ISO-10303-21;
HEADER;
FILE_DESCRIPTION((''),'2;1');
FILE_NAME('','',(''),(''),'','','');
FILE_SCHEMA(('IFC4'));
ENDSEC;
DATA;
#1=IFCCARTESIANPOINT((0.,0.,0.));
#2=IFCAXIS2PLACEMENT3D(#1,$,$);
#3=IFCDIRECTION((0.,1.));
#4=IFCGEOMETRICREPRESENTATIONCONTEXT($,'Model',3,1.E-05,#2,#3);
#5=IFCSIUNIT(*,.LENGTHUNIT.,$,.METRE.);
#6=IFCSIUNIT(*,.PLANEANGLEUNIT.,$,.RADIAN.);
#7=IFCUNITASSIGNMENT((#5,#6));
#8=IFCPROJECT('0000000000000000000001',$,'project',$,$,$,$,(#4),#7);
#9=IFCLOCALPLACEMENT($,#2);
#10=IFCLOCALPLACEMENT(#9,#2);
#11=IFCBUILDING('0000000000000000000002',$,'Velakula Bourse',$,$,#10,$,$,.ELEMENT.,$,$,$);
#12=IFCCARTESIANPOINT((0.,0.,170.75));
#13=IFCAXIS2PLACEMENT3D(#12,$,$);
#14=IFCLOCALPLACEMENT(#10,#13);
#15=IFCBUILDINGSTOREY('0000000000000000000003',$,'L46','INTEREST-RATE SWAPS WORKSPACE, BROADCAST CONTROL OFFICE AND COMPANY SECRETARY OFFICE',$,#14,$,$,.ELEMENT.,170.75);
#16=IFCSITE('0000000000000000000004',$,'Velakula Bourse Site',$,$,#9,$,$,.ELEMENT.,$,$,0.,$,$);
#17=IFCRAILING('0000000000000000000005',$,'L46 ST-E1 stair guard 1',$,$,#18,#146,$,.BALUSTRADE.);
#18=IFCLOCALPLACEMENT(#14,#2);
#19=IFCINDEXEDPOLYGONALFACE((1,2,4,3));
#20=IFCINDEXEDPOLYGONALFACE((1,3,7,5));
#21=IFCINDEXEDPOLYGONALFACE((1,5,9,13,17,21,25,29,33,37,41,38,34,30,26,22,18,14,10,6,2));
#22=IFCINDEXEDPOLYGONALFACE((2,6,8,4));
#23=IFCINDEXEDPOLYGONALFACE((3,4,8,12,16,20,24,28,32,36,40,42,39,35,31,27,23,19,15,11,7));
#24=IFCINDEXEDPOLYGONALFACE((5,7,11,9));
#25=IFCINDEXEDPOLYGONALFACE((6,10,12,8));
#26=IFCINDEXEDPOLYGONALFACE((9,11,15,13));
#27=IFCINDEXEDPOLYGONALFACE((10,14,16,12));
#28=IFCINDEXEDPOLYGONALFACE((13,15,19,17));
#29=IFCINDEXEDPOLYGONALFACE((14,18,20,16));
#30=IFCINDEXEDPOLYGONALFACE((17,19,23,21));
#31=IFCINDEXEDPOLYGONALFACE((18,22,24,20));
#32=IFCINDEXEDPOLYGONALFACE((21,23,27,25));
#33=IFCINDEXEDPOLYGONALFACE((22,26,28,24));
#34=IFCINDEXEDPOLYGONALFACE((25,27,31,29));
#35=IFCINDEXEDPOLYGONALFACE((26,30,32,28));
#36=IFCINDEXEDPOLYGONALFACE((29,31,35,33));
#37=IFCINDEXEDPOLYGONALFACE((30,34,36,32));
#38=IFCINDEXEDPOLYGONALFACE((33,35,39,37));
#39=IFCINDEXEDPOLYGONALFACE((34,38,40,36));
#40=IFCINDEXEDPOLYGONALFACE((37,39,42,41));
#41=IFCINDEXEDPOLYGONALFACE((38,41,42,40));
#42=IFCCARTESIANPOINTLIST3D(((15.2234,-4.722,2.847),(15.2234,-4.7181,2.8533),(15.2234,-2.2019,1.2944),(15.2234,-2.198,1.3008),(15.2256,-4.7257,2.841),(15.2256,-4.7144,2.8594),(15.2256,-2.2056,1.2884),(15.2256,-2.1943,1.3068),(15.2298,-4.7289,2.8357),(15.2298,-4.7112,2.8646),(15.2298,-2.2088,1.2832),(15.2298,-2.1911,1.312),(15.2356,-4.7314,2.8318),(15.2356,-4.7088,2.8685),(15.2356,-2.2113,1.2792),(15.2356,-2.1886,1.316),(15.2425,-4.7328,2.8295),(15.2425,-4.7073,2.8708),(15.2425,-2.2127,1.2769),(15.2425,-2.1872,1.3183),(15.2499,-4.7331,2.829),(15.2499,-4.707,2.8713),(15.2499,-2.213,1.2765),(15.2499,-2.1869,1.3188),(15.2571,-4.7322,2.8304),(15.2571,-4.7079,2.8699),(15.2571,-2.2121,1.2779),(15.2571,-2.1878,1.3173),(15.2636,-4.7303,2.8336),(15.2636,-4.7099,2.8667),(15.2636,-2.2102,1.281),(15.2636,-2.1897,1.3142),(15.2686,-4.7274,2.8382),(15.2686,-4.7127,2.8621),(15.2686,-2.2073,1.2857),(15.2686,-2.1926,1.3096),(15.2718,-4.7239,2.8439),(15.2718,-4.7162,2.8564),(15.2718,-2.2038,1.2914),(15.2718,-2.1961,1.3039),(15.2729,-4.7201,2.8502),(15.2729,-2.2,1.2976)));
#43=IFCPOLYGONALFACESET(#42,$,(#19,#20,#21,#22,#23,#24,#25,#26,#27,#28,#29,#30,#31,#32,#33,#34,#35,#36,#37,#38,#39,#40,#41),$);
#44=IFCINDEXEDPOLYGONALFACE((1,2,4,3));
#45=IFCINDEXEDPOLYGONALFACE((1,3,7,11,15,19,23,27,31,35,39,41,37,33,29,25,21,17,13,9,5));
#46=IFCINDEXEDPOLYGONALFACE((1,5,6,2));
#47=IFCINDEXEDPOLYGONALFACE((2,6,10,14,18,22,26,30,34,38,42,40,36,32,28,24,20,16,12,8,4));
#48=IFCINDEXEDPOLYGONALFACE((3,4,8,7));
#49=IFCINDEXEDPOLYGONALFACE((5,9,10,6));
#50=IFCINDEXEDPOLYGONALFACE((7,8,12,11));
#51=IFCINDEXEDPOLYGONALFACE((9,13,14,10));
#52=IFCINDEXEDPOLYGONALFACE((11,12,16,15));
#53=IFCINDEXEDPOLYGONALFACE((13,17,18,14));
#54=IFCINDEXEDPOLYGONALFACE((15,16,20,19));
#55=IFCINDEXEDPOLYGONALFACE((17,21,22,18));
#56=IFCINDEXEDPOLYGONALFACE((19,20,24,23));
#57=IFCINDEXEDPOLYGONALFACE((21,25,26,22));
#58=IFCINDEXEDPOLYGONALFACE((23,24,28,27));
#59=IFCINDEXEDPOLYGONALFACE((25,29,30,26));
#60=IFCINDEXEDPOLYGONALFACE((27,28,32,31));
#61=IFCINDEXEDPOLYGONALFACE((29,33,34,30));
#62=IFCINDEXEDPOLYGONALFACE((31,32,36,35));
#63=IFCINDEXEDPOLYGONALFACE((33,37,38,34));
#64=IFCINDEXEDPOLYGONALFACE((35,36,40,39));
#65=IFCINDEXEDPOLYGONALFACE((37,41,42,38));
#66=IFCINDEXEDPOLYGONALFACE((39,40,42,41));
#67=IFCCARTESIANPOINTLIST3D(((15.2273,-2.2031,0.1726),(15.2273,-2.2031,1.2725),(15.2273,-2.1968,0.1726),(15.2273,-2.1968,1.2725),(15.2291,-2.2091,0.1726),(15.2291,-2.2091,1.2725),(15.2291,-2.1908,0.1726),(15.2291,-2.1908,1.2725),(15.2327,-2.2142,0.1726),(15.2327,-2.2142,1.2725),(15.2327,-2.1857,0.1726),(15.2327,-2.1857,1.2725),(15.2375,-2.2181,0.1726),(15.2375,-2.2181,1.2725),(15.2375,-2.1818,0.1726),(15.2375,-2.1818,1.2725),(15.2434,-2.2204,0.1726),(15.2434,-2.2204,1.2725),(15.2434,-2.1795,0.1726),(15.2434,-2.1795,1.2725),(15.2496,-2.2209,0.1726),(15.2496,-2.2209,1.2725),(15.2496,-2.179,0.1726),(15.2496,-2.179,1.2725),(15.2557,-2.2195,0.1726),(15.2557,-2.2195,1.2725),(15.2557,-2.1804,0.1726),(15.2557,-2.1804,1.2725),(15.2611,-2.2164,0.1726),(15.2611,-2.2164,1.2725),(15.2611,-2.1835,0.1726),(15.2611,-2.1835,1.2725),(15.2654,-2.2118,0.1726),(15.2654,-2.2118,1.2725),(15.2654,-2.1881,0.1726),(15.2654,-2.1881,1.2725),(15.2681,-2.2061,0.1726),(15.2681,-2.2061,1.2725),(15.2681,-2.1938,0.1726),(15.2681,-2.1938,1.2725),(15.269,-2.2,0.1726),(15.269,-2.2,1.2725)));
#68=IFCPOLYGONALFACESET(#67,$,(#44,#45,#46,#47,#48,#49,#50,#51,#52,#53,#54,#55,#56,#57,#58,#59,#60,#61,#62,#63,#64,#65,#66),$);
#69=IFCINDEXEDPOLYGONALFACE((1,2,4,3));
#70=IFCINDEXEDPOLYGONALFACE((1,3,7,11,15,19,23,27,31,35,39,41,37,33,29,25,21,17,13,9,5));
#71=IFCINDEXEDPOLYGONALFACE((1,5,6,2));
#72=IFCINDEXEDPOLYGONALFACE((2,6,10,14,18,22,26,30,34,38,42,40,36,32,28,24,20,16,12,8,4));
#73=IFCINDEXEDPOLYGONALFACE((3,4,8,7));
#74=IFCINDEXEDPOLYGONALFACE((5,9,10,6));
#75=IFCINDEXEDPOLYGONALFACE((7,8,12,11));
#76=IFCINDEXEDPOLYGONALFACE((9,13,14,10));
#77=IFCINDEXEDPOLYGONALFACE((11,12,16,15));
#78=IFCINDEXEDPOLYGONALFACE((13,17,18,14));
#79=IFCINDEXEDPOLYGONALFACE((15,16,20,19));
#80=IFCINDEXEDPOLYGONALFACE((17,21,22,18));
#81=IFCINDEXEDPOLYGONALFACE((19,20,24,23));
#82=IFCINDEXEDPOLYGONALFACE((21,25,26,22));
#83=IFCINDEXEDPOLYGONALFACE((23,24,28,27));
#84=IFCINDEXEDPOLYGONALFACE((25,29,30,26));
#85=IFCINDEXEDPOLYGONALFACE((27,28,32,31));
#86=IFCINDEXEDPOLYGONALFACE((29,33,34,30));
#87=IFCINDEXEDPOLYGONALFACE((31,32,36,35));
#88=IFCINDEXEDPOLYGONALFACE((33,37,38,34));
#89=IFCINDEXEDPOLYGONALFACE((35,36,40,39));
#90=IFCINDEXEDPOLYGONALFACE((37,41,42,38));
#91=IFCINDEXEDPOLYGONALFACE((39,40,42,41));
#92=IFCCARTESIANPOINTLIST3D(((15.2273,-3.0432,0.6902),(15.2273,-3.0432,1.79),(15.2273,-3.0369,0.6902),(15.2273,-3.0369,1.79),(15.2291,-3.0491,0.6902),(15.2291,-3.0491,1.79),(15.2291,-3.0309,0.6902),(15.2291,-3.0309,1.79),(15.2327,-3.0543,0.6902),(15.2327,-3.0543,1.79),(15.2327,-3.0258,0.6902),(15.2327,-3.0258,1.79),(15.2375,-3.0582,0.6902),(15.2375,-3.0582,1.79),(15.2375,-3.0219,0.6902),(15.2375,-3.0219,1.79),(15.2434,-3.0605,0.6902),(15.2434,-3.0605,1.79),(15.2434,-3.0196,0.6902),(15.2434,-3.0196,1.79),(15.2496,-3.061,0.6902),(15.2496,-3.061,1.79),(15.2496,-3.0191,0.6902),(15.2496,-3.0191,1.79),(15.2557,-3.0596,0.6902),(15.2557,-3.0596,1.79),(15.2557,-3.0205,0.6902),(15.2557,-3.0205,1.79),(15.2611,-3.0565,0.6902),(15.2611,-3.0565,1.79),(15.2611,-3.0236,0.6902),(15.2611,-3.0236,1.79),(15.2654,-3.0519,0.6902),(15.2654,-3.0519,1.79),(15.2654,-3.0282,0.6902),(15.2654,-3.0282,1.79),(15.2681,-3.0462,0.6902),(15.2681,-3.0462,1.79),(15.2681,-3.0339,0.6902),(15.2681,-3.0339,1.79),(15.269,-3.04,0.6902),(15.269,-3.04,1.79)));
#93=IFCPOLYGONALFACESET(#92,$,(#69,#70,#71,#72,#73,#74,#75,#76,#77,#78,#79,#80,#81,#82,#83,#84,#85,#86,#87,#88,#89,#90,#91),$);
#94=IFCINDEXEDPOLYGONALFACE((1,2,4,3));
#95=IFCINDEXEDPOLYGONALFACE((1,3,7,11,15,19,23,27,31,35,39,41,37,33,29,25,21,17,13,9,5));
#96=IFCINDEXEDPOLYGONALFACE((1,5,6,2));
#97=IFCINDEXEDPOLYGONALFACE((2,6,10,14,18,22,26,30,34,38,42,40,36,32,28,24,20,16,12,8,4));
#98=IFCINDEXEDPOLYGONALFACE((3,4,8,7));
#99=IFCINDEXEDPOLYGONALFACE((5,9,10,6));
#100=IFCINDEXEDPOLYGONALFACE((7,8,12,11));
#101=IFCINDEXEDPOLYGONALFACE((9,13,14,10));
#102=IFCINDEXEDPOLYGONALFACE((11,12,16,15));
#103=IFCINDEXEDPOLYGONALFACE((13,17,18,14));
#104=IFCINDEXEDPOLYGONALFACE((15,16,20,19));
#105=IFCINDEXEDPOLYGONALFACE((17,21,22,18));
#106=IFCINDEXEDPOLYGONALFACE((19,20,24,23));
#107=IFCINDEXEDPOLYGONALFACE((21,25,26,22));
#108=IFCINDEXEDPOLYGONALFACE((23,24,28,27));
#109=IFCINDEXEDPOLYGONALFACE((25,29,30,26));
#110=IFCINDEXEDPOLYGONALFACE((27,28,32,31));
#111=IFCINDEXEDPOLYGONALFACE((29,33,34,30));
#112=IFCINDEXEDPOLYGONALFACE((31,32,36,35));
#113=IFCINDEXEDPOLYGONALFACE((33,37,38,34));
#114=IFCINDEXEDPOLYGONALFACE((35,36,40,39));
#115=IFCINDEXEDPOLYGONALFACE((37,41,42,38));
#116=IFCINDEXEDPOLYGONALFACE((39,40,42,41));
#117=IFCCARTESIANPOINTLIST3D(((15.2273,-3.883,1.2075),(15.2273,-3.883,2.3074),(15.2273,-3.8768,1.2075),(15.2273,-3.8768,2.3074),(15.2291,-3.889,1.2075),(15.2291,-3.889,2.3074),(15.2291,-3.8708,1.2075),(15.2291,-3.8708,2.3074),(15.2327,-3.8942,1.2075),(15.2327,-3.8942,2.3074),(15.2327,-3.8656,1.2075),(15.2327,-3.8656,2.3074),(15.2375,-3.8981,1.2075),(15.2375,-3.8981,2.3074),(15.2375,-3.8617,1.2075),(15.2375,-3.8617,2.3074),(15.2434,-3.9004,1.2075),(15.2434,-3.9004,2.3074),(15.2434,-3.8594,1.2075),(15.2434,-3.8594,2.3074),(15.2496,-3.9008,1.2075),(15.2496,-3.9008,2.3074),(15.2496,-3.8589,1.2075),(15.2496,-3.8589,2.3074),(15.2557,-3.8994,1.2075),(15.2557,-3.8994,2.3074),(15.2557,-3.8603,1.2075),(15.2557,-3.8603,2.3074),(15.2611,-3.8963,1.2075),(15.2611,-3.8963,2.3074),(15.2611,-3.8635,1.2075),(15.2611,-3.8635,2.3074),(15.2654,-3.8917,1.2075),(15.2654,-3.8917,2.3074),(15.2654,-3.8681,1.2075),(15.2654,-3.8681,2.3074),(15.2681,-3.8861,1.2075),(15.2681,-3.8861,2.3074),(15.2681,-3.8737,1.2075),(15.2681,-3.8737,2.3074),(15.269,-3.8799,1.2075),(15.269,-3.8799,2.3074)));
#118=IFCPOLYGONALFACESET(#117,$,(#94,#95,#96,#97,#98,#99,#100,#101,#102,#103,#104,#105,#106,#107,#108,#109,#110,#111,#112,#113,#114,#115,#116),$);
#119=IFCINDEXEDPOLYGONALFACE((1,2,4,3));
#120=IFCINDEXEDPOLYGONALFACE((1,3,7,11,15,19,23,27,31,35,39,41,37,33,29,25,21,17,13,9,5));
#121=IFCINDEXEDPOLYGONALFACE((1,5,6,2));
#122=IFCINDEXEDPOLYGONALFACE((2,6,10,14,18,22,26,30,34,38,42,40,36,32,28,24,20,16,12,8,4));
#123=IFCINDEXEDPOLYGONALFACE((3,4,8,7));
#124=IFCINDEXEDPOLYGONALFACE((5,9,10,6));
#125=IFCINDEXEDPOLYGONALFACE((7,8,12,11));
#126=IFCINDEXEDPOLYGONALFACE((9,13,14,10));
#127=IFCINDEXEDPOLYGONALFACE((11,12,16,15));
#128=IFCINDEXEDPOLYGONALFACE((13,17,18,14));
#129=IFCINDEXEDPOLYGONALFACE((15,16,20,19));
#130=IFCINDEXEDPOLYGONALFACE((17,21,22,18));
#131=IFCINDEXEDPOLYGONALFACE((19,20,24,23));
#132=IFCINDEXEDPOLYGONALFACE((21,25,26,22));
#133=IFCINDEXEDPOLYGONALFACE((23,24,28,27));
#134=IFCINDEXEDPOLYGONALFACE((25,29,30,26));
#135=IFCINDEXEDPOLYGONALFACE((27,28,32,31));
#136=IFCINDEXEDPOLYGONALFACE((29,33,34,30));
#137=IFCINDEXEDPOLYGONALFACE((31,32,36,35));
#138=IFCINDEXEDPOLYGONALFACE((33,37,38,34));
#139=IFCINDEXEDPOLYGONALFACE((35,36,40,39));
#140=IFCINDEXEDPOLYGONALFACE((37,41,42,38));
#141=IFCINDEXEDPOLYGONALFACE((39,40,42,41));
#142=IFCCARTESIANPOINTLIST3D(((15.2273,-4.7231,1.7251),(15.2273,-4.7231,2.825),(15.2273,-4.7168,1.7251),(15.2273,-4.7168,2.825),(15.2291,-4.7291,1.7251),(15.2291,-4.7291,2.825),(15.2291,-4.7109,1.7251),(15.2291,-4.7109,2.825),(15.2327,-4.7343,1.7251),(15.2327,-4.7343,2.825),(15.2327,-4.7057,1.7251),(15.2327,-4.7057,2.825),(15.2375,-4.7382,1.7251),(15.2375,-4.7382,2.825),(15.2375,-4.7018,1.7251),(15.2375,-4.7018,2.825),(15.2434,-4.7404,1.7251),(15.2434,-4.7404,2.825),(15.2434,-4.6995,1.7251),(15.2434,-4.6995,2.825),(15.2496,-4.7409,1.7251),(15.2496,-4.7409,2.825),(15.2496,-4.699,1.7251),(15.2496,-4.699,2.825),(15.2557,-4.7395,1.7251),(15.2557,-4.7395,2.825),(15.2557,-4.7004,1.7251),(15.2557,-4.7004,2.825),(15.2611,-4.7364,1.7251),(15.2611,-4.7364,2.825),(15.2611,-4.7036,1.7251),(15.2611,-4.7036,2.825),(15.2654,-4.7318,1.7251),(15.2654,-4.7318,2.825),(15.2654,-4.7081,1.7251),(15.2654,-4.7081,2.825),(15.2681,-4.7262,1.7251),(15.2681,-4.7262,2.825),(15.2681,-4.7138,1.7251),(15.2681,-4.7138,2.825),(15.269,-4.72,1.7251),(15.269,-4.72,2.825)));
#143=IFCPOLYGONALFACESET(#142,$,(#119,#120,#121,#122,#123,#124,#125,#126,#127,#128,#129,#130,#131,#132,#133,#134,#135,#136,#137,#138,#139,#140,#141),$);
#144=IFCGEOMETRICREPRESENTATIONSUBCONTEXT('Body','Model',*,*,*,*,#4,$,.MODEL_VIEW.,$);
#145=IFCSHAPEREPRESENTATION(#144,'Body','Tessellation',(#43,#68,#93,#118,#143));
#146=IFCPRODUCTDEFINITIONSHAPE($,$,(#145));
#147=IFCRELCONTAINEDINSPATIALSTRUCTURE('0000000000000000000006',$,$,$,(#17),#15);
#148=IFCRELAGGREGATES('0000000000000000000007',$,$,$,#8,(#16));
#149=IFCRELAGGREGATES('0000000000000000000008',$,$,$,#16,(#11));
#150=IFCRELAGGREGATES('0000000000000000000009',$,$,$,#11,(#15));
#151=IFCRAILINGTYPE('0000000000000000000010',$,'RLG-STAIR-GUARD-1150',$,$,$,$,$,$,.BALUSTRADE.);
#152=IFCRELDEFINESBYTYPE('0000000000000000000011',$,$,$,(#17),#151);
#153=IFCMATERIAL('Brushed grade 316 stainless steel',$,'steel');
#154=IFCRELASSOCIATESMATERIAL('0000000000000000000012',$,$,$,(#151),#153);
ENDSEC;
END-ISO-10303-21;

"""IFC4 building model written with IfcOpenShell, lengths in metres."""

from ifc_helpers import new_model, si_unit, direction, frame, origin, origin_2d, place, context, subcontext, project, spatial, circle, extrude, material, type_object, element, save


model = new_model("IFC4")

# Units and contexts
model_context = context("Model", 3, precision=1e-05, world=origin(), true_north=direction((0.0, 1.0)))
body_context = subcontext(model_context, "Body", "Model", "MODEL_VIEW")
ifc_project = project(units=[si_unit("LENGTHUNIT", "METRE"), si_unit("PLANEANGLEUNIT", "RADIAN")], contexts=[model_context])

# Site, building, storey
site_placement = place(None, origin())
site = spatial("IfcSite", under=ifc_project, at=site_placement, Name="Velakula Bourse Site", CompositionType="ELEMENT", RefElevation=0.0)
building_placement = place(site_placement, origin())
building = spatial("IfcBuilding", under=site, at=building_placement, Name="Velakula Bourse", CompositionType="ELEMENT")
storey_placement = place(building_placement, frame((0.0, 0.0, 170.75)))
storey = spatial("IfcBuildingStorey", under=building, at=storey_placement, Name="L46", Description="INTEREST-RATE SWAPS WORKSPACE, BROADCAST CONTROL OFFICE AND COMPANY SECRETARY OFFICE", CompositionType="ELEMENT", Elevation=170.75)

# Shared definitions
ifc_material_1 = material(Name="Brushed grade 316 stainless steel", Category="steel")

# Railing
railing_type_1 = type_object("IfcRailingType", Name="RLG-STAIR-GUARD-1150", PredefinedType="BALUSTRADE", material=ifc_material_1)
railing_1_placement = place(storey_placement, frame((15.248, -2.2, 0.1726)))
element("IfcRailing", 1, at=railing_1_placement, inside=storey, type_object=railing_type_1, Name="L46 ST-E1 stair guard 1", PredefinedType="BALUSTRADE", context=body_context, shape_type="SweptSolid", body=[
    extrude(circle(Radius=0.0249, at=origin_2d()), frame((0.0, 0.0, 1.125), z_axis=(0.0, -0.8514, 0.524516), x_axis=(1.0, 0.0, 0.0)), (0.0, 0.0, 1.0), 2.96),
    extrude(circle(Radius=0.021, at=origin_2d()), origin(), (0.0, 0.0, 1.0), 1.0999),
    extrude(circle(Radius=0.021, at=origin_2d()), frame((0.0, -0.8401, 0.5176)), (0.0, 0.0, 1.0), 1.0999),
    extrude(circle(Radius=0.021, at=origin_2d()), frame((0.0, -1.6799, 1.0349)), (0.0, 0.0, 1.0), 1.0999),
    extrude(circle(Radius=0.021, at=origin_2d()), frame((0.0, -2.52, 1.5525)), (0.0, 0.0, 1.0), 1.0999),
])

save(model, "model.ifc")
